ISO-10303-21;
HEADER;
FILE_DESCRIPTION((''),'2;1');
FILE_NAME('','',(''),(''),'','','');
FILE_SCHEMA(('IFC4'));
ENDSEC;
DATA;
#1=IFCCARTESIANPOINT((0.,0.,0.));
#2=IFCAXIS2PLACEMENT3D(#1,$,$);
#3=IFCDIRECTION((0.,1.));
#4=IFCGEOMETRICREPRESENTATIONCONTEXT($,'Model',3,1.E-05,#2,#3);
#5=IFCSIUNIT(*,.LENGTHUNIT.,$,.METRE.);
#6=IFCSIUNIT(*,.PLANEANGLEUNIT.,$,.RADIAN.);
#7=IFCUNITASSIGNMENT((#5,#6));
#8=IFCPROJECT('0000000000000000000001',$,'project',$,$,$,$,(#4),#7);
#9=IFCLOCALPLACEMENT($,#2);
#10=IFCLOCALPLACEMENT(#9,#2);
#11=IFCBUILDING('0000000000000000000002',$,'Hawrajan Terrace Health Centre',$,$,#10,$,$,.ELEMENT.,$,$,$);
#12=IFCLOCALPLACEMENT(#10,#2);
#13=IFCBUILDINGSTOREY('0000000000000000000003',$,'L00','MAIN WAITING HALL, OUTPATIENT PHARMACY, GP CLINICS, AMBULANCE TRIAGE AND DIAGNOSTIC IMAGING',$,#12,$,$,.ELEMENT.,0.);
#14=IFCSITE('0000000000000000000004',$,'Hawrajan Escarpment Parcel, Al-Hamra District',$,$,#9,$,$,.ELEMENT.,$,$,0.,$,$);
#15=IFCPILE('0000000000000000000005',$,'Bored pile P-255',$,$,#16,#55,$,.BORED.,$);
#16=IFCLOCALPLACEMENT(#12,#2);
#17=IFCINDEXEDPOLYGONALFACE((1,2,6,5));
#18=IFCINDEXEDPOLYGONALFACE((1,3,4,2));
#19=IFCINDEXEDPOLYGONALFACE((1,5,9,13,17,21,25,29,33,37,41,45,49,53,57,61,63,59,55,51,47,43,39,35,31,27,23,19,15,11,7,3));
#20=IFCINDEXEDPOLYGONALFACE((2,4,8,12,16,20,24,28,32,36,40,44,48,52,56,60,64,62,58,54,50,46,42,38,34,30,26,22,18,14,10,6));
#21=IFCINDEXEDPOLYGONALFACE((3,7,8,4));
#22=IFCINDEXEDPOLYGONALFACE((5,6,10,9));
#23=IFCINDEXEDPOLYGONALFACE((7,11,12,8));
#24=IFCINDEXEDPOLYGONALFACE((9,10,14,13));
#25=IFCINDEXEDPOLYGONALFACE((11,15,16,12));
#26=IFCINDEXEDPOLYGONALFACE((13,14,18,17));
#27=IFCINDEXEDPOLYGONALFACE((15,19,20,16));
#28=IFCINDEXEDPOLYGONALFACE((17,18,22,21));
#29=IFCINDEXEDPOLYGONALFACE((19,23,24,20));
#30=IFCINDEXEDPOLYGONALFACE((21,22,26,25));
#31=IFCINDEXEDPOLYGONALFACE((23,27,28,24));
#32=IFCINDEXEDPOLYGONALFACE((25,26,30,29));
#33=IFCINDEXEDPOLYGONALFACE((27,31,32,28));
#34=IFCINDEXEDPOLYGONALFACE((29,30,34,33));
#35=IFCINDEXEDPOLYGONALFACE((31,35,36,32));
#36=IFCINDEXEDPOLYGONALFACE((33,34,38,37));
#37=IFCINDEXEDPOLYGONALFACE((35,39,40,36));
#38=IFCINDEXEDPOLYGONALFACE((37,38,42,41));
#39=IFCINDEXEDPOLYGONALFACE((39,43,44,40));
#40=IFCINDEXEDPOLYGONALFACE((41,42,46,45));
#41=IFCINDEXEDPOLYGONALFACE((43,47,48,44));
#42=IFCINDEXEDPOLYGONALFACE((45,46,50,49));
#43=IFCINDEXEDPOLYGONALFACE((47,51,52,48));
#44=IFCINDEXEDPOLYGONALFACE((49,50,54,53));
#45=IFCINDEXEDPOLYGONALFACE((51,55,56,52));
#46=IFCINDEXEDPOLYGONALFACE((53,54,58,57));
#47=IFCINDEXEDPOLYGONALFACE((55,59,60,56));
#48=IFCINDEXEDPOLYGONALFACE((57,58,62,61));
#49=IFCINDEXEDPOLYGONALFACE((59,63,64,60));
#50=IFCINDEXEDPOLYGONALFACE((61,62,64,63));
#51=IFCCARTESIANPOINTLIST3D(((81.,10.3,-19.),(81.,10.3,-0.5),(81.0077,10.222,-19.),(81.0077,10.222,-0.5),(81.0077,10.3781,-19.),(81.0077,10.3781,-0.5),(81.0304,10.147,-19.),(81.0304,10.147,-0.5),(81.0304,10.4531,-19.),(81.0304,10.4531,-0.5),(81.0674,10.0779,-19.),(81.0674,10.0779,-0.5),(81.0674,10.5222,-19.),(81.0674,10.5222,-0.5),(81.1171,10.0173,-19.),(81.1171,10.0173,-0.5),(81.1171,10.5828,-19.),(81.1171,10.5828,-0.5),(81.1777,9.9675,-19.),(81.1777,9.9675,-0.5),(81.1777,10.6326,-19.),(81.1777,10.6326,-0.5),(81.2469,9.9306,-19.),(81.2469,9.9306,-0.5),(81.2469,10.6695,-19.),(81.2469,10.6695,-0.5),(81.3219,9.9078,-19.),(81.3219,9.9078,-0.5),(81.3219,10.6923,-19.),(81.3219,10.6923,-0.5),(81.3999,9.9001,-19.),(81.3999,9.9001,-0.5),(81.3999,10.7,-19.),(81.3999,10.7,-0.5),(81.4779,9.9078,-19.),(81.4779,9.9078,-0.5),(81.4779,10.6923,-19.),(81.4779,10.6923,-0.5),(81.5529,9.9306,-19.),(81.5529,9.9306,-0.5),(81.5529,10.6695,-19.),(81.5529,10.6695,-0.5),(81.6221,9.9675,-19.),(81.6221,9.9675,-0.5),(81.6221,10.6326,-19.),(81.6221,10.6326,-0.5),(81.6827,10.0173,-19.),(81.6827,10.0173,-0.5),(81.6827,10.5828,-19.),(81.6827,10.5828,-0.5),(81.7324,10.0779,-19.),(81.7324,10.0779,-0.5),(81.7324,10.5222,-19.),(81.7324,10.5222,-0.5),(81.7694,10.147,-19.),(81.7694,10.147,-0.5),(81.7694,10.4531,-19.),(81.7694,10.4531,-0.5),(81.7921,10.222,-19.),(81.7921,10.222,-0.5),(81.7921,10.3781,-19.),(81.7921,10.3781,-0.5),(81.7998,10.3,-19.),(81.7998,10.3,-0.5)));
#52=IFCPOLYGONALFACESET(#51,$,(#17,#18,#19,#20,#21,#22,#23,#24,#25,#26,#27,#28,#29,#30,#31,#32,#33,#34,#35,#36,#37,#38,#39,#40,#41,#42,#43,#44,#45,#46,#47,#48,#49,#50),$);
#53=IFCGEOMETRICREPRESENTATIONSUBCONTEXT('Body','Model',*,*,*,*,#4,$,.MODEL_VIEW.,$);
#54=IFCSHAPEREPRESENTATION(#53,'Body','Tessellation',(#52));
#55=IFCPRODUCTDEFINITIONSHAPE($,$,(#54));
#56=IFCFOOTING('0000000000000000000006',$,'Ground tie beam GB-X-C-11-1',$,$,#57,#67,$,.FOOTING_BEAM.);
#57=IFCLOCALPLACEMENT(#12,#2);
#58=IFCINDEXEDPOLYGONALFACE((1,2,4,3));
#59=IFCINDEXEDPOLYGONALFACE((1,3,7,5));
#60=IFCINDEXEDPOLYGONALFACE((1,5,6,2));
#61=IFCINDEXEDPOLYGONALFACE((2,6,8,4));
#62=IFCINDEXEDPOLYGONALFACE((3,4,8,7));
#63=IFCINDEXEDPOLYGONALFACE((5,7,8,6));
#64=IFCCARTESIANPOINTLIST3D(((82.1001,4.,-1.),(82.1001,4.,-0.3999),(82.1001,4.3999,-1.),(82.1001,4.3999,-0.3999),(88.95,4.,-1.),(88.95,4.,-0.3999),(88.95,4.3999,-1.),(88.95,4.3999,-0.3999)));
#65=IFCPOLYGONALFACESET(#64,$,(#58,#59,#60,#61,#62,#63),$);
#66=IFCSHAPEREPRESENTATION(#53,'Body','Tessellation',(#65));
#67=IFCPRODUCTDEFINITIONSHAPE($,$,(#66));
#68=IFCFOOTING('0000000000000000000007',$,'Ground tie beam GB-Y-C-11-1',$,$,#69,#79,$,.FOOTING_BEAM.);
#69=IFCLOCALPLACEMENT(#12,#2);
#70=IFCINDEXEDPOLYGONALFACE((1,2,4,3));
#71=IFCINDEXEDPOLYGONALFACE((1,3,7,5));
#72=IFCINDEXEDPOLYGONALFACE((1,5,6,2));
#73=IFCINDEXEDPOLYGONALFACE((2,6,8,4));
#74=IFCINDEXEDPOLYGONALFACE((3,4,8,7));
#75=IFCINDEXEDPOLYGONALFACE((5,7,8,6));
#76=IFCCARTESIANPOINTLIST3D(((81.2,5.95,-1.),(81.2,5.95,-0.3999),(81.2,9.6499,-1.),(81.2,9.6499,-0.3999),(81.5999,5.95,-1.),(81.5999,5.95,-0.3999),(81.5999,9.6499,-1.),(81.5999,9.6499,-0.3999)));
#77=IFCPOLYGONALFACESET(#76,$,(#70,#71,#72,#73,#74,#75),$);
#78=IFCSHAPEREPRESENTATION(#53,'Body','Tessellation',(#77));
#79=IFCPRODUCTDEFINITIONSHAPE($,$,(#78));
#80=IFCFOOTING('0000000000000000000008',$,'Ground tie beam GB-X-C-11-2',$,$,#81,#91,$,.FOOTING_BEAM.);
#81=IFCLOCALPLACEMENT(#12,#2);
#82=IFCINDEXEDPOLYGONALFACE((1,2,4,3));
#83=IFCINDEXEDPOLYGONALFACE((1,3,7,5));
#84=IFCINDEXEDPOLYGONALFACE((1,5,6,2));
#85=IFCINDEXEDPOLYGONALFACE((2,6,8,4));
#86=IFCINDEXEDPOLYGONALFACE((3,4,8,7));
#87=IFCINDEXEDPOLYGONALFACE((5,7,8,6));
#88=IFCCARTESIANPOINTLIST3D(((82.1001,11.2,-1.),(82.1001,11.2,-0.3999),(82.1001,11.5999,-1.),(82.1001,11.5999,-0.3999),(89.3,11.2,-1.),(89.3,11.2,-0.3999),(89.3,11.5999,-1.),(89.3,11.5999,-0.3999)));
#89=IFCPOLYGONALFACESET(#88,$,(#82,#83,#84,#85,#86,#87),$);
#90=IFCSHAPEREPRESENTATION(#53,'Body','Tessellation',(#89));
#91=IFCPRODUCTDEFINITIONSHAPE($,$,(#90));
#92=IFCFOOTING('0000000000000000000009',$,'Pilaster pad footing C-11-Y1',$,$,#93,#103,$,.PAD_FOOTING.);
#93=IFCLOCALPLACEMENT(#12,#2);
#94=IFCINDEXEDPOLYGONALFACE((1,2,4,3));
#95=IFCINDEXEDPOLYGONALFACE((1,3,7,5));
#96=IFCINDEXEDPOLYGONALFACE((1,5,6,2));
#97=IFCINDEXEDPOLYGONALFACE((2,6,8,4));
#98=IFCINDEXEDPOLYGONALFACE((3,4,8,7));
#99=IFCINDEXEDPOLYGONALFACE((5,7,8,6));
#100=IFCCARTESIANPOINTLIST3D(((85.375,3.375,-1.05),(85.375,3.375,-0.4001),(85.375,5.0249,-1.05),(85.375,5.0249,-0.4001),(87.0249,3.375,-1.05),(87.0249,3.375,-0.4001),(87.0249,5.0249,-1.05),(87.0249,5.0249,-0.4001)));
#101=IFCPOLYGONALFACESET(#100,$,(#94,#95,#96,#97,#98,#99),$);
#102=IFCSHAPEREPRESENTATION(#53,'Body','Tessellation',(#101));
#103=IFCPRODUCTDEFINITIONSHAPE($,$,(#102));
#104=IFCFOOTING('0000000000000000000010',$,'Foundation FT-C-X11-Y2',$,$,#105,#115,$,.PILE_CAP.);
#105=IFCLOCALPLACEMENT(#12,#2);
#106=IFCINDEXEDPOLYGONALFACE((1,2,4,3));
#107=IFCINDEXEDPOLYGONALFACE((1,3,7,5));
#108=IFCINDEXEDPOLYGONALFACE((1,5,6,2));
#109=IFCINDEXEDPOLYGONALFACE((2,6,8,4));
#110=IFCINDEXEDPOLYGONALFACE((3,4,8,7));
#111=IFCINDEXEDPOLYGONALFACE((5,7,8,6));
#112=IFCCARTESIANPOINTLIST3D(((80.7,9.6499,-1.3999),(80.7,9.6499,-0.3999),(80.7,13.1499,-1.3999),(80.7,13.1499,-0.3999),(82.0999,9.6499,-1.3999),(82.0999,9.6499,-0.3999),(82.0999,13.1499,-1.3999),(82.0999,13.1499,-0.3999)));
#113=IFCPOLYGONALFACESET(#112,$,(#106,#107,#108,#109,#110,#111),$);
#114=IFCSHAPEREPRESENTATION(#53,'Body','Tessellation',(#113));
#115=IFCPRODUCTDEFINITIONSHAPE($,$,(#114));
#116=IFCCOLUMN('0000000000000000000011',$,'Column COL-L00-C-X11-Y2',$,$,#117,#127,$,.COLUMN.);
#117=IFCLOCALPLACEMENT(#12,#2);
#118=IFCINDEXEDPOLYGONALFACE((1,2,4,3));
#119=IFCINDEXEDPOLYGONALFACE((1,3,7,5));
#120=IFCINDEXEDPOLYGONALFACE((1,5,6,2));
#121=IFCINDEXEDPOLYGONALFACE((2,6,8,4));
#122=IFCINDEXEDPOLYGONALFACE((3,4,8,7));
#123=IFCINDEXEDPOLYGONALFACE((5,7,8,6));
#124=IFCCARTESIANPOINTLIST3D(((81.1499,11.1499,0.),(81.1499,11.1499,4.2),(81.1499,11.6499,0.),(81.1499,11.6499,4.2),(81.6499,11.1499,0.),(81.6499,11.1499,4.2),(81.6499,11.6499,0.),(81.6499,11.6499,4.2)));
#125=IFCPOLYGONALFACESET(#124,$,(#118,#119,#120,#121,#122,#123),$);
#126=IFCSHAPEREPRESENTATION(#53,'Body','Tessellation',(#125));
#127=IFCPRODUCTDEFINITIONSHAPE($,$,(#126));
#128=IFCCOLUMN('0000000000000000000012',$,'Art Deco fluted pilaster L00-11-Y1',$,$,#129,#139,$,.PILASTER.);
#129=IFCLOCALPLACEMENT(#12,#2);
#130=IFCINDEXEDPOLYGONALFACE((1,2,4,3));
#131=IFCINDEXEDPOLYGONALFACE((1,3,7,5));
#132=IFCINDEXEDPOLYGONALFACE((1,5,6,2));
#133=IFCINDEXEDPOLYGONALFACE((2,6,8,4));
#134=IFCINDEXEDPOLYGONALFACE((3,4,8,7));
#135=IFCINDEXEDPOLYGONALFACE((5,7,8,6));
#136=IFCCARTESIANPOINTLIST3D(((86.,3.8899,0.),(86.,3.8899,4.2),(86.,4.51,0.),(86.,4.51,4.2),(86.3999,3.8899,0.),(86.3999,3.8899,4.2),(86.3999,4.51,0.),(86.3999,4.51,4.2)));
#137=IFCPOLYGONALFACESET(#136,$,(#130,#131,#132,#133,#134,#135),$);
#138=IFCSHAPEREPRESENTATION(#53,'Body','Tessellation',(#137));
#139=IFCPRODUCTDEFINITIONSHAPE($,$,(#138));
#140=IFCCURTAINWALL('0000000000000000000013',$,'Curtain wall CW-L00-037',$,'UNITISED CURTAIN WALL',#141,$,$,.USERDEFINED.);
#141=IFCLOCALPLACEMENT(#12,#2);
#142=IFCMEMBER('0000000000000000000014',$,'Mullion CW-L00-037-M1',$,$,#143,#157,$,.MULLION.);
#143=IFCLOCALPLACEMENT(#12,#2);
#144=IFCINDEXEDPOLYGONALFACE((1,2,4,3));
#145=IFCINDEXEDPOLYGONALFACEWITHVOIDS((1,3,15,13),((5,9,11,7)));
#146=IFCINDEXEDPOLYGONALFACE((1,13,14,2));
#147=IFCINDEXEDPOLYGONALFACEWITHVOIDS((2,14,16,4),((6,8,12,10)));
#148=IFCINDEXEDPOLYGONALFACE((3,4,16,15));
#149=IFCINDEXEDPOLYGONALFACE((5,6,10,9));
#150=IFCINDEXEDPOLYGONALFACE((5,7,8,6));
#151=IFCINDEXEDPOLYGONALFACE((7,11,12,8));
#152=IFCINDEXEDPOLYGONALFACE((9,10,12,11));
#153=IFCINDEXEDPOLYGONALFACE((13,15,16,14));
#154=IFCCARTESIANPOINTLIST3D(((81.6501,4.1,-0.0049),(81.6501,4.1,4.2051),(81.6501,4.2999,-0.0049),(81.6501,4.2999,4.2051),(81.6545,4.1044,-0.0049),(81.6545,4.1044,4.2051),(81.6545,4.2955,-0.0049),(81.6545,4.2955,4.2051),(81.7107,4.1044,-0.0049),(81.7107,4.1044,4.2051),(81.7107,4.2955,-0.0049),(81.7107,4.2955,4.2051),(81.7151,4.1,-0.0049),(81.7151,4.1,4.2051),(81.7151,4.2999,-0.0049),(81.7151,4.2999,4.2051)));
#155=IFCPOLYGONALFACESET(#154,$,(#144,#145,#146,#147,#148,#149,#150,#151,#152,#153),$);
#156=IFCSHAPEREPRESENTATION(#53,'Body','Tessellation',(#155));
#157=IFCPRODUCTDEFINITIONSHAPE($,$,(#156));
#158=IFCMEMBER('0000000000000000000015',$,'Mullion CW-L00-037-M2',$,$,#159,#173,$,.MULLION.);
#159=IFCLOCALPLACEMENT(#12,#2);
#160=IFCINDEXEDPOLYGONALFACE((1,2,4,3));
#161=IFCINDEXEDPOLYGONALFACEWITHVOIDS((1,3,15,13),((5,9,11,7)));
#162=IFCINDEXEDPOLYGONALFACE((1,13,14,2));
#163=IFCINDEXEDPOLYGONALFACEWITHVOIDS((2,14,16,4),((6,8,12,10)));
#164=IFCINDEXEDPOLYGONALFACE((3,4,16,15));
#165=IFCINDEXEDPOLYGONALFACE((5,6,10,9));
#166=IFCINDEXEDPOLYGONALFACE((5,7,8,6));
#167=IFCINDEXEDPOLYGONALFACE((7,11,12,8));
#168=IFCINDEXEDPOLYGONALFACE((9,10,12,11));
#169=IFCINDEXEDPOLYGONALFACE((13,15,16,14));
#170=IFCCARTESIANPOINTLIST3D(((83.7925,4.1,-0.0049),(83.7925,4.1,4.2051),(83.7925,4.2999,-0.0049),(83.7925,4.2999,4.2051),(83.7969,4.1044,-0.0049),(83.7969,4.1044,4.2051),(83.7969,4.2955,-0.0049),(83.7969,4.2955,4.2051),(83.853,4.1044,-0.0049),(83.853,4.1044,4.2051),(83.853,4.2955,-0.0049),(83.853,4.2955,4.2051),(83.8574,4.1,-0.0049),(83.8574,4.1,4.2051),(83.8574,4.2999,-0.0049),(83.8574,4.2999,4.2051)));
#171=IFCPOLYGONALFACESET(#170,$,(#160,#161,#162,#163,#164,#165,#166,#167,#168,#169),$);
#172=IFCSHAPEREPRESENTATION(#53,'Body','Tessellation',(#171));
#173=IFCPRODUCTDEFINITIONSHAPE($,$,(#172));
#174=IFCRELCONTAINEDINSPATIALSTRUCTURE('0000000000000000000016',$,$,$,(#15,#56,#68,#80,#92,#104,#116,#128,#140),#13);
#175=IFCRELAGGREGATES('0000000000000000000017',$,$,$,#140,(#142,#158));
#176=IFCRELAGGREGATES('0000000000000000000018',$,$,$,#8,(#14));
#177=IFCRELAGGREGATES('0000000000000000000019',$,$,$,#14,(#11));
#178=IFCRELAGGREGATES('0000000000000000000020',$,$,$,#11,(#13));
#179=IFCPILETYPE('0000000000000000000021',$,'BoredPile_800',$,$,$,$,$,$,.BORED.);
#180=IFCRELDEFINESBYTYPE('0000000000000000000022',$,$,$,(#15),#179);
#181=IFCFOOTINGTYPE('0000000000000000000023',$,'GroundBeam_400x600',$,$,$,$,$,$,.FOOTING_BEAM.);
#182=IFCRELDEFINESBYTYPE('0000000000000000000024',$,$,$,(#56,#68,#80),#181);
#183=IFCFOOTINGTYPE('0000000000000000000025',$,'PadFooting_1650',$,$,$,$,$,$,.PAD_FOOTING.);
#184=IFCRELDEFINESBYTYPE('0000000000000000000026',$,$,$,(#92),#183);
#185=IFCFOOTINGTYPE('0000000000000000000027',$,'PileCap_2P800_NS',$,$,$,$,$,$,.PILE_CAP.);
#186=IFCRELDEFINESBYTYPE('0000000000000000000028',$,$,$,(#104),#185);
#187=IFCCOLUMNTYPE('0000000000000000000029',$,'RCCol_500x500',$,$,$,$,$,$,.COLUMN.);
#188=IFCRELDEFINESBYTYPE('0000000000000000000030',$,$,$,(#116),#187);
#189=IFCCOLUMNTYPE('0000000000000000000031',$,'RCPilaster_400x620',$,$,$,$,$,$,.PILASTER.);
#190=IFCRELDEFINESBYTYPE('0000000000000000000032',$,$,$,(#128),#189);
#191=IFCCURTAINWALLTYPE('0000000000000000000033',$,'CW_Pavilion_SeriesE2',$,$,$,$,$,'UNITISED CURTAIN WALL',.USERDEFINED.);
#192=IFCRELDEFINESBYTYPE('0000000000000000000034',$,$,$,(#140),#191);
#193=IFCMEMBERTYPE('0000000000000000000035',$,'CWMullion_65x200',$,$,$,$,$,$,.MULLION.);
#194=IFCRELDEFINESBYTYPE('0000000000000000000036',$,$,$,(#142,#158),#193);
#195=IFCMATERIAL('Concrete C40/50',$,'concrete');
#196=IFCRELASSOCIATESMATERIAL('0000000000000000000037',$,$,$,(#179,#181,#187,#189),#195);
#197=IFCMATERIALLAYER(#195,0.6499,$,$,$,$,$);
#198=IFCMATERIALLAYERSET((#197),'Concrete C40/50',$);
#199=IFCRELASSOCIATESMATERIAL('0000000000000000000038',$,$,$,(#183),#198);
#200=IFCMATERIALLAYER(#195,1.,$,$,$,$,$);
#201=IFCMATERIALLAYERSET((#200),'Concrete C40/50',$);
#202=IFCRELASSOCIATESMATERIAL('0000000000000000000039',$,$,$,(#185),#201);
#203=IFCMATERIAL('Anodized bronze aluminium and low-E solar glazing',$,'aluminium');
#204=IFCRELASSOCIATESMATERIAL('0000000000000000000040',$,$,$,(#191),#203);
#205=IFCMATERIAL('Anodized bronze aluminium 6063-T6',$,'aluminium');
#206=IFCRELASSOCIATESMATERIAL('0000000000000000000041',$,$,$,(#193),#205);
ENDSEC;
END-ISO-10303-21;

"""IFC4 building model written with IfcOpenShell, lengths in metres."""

from ifc_helpers import new_model, si_unit, direction, frame, origin, origin_2d, place, context, subcontext, project, spatial, rectangle, hollow_rectangle, circle, extrude, material, layer, layer_set, material_profile, profile_set, type_object, element, aggregate, save


model = new_model("IFC4")

# Units and contexts
model_context = context("Model", 3, precision=1e-05, world=origin(), true_north=direction((0.0, 1.0)))
body_context = subcontext(model_context, "Body", "Model", "MODEL_VIEW")
ifc_project = project(units=[si_unit("LENGTHUNIT", "METRE"), si_unit("PLANEANGLEUNIT", "RADIAN")], contexts=[model_context])

# Site, building, storey
site_placement = place(None, origin())
site = spatial("IfcSite", under=ifc_project, at=site_placement, Name="Hawrajan Escarpment Parcel, Al-Hamra District", CompositionType="ELEMENT", RefElevation=0.0)
building_placement = place(site_placement, origin())
building = spatial("IfcBuilding", under=site, at=building_placement, Name="Hawrajan Terrace Health Centre", CompositionType="ELEMENT")
storey_placement = place(building_placement, origin())
storey = spatial("IfcBuildingStorey", under=building, at=storey_placement, Name="L00", Description="MAIN WAITING HALL, OUTPATIENT PHARMACY, GP CLINICS, AMBULANCE TRIAGE AND DIAGNOSTIC IMAGING", CompositionType="ELEMENT", Elevation=0.0)

# Pile
ifc_material_1 = material(Name="Concrete C40/50", Category="concrete")
ifc_material_profile_1 = material_profile(ifc_material_1, circle(Radius=0.3999, at=origin_2d()), Name="BP 800")
ifc_profile_set_1 = profile_set([ifc_material_profile_1], Name="Concrete C40/50")
pile_type = type_object("IfcPileType", Name="BoredPile_800", PredefinedType="BORED", material=ifc_profile_set_1)
pile_placement = place(storey_placement, frame((81.3999, 10.3, -0.5), z_axis=(0.0, 0.0, -1.0), x_axis=(1.0, 0.0, 0.0)))
element("IfcPile", 1, at=pile_placement, inside=storey, type_object=pile_type, Name="Bored pile P-255", PredefinedType="BORED", context=body_context, shape_type="SweptSolid", body=[
    extrude(circle(Radius=0.3999, at=origin_2d()), origin(), (0.0, 0.0, 1.0), 18.5),
])

# Footings
ifc_material_profile_2 = material_profile(ifc_material_1, rectangle(XDim=0.3999, YDim=0.6001, at=origin_2d()), Name="RC BM 400x600")
ifc_profile_set_2 = profile_set([ifc_material_profile_2], Name="Concrete C40/50")
footing_type_1 = type_object("IfcFootingType", Name="GroundBeam_400x600", PredefinedType="FOOTING_BEAM", material=ifc_profile_set_2)
footing_1_placement = place(storey_placement, frame((82.1001, 4.2, -0.7), z_axis=(1.0, 0.0, 0.0), x_axis=(0.0, 1.0, 0.0)))
element("IfcFooting", 2, at=footing_1_placement, inside=storey, type_object=footing_type_1, Name="Ground tie beam GB-X-C-11-1", PredefinedType="FOOTING_BEAM", context=body_context, shape_type="SweptSolid", body=[
    extrude(rectangle(XDim=0.3999, YDim=0.6001, at=origin_2d()), origin(), (0.0, 0.0, 1.0), 6.8499),
])
footing_2_placement = place(storey_placement, frame((81.3999, 5.95, -0.7), z_axis=(0.0, 1.0, 0.0), x_axis=(-1.0, 0.0, 0.0)))
element("IfcFooting", 3, at=footing_2_placement, inside=storey, type_object=footing_type_1, Name="Ground tie beam GB-Y-C-11-1", PredefinedType="FOOTING_BEAM", context=body_context, shape_type="SweptSolid", body=[
    extrude(rectangle(XDim=0.3999, YDim=0.6001, at=origin_2d()), origin(), (0.0, 0.0, 1.0), 3.7),
])
footing_3_placement = place(storey_placement, frame((82.1001, 11.3999, -0.7), z_axis=(1.0, 0.0, 0.0), x_axis=(0.0, 1.0, 0.0)))
element("IfcFooting", 4, at=footing_3_placement, inside=storey, type_object=footing_type_1, Name="Ground tie beam GB-X-C-11-2", PredefinedType="FOOTING_BEAM", context=body_context, shape_type="SweptSolid", body=[
    extrude(rectangle(XDim=0.3999, YDim=0.6001, at=origin_2d()), origin(), (0.0, 0.0, 1.0), 7.2),
])
ifc_layer_1 = layer(ifc_material_1, 0.6499)
ifc_layer_set_1 = layer_set([ifc_layer_1], Name="Concrete C40/50")
footing_type_2 = type_object("IfcFootingType", Name="PadFooting_1650", PredefinedType="PAD_FOOTING", material=ifc_layer_set_1)
footing_4_placement = place(storey_placement, frame((86.2, 4.2, -1.05), z_axis=(0.0, 0.0, 1.0), x_axis=(1.0, 0.0, 0.0)))
element("IfcFooting", 5, at=footing_4_placement, inside=storey, type_object=footing_type_2, Name="Pilaster pad footing C-11-Y1", PredefinedType="PAD_FOOTING", context=body_context, shape_type="SweptSolid", body=[
    extrude(rectangle(XDim=1.6499, YDim=1.6499, at=origin_2d()), origin(), (0.0, 0.0, 1.0), 0.6499),
])
ifc_layer_2 = layer(ifc_material_1, 1.0)
ifc_layer_set_2 = layer_set([ifc_layer_2], Name="Concrete C40/50")
footing_type_3 = type_object("IfcFootingType", Name="PileCap_2P800_NS", PredefinedType="PILE_CAP", material=ifc_layer_set_2)
footing_5_placement = place(storey_placement, frame((81.3999, 11.3999, -1.3999), z_axis=(0.0, 0.0, 1.0), x_axis=(1.0, 0.0, 0.0)))
element("IfcFooting", 6, at=footing_5_placement, inside=storey, type_object=footing_type_3, Name="Foundation FT-C-X11-Y2", PredefinedType="PILE_CAP", context=body_context, shape_type="SweptSolid", body=[
    extrude(rectangle(XDim=1.3999, YDim=3.5, at=origin_2d()), origin(), (0.0, 0.0, 1.0), 1.0),
])

# Columns
ifc_material_profile_3 = material_profile(ifc_material_1, rectangle(XDim=0.5, YDim=0.5, at=origin_2d()), Name="RC 500x500")
ifc_profile_set_3 = profile_set([ifc_material_profile_3], Name="Concrete C40/50")
column_type_1 = type_object("IfcColumnType", Name="RCCol_500x500", PredefinedType="COLUMN", material=ifc_profile_set_3)
column_1_placement = place(storey_placement, frame((81.3999, 11.3999, 0.0), z_axis=(0.0, 0.0, 1.0), x_axis=(1.0, 0.0, 0.0)))
element("IfcColumn", 7, at=column_1_placement, inside=storey, type_object=column_type_1, Name="Column COL-L00-C-X11-Y2", PredefinedType="COLUMN", context=body_context, shape_type="SweptSolid", body=[
    extrude(rectangle(XDim=0.5, YDim=0.5, at=origin_2d()), origin(), (0.0, 0.0, 1.0), 4.2),
])
ifc_material_profile_4 = material_profile(ifc_material_1, rectangle(XDim=0.3999, YDim=0.6201, at=origin_2d()), Name="RC PIL 400x620")
ifc_profile_set_4 = profile_set([ifc_material_profile_4], Name="Concrete C40/50")
column_type_2 = type_object("IfcColumnType", Name="RCPilaster_400x620", PredefinedType="PILASTER", material=ifc_profile_set_4)
column_2_placement = place(storey_placement, frame((86.2, 4.2, 0.0), z_axis=(0.0, 0.0, 1.0), x_axis=(1.0, 0.0, 0.0)))
element("IfcColumn", 8, at=column_2_placement, inside=storey, type_object=column_type_2, Name="Art Deco fluted pilaster L00-11-Y1", PredefinedType="PILASTER", context=body_context, shape_type="SweptSolid", body=[
    extrude(rectangle(XDim=0.3999, YDim=0.6201, at=origin_2d()), origin(), (0.0, 0.0, 1.0), 4.2),
])

# Curtain wall, members
ifc_material_2 = material(Name="Anodized bronze aluminium and low-E solar glazing", Category="aluminium")
curtain_wall_type_1 = type_object("IfcCurtainWallType", Name="CW_Pavilion_SeriesE2", ElementType="UNITISED CURTAIN WALL", PredefinedType="USERDEFINED", material=ifc_material_2)
curtain_wall_1_placement = place(storey_placement, origin())
curtain_wall_1 = element("IfcCurtainWall", 9, at=curtain_wall_1_placement, inside=storey, type_object=curtain_wall_type_1, Name="Curtain wall CW-L00-037", ObjectType="UNITISED CURTAIN WALL", PredefinedType="USERDEFINED")
ifc_material_3 = material(Name="Anodized bronze aluminium 6063-T6", Category="aluminium")
ifc_material_profile_5 = material_profile(ifc_material_3, hollow_rectangle(XDim=0.0649, YDim=0.2, WallThickness=0.0044, at=origin_2d()), Name="CW MUL 65x200")
ifc_profile_set_5 = profile_set([ifc_material_profile_5], Name="Anodized bronze aluminium 6063-T6")
member_type_1 = type_object("IfcMemberType", Name="CWMullion_65x200", PredefinedType="MULLION", material=ifc_profile_set_5)
member_1_placement = place(storey_placement, frame((81.6826, 4.2, -0.0049), z_axis=(0.0, 0.0, 1.0), x_axis=(1.0, 0.0, 0.0)))
member_1 = element("IfcMember", 10, at=member_1_placement, type_object=member_type_1, Name="Mullion CW-L00-037-M1", PredefinedType="MULLION", context=body_context, shape_type="SweptSolid", body=[
    extrude(hollow_rectangle(XDim=0.0649, YDim=0.2, WallThickness=0.0044, at=origin_2d()), origin(), (0.0, 0.0, 1.0), 4.21),
])
member_2_placement = place(storey_placement, frame((83.825, 4.2, -0.0049), z_axis=(0.0, 0.0, 1.0), x_axis=(1.0, 0.0, 0.0)))
member_2 = element("IfcMember", 11, at=member_2_placement, type_object=member_type_1, Name="Mullion CW-L00-037-M2", PredefinedType="MULLION", context=body_context, shape_type="SweptSolid", body=[
    extrude(hollow_rectangle(XDim=0.0649, YDim=0.2, WallThickness=0.0044, at=origin_2d()), origin(), (0.0, 0.0, 1.0), 4.21),
])

aggregate(curtain_wall_1, [member_1, member_2])

save(model, "model.ifc")
